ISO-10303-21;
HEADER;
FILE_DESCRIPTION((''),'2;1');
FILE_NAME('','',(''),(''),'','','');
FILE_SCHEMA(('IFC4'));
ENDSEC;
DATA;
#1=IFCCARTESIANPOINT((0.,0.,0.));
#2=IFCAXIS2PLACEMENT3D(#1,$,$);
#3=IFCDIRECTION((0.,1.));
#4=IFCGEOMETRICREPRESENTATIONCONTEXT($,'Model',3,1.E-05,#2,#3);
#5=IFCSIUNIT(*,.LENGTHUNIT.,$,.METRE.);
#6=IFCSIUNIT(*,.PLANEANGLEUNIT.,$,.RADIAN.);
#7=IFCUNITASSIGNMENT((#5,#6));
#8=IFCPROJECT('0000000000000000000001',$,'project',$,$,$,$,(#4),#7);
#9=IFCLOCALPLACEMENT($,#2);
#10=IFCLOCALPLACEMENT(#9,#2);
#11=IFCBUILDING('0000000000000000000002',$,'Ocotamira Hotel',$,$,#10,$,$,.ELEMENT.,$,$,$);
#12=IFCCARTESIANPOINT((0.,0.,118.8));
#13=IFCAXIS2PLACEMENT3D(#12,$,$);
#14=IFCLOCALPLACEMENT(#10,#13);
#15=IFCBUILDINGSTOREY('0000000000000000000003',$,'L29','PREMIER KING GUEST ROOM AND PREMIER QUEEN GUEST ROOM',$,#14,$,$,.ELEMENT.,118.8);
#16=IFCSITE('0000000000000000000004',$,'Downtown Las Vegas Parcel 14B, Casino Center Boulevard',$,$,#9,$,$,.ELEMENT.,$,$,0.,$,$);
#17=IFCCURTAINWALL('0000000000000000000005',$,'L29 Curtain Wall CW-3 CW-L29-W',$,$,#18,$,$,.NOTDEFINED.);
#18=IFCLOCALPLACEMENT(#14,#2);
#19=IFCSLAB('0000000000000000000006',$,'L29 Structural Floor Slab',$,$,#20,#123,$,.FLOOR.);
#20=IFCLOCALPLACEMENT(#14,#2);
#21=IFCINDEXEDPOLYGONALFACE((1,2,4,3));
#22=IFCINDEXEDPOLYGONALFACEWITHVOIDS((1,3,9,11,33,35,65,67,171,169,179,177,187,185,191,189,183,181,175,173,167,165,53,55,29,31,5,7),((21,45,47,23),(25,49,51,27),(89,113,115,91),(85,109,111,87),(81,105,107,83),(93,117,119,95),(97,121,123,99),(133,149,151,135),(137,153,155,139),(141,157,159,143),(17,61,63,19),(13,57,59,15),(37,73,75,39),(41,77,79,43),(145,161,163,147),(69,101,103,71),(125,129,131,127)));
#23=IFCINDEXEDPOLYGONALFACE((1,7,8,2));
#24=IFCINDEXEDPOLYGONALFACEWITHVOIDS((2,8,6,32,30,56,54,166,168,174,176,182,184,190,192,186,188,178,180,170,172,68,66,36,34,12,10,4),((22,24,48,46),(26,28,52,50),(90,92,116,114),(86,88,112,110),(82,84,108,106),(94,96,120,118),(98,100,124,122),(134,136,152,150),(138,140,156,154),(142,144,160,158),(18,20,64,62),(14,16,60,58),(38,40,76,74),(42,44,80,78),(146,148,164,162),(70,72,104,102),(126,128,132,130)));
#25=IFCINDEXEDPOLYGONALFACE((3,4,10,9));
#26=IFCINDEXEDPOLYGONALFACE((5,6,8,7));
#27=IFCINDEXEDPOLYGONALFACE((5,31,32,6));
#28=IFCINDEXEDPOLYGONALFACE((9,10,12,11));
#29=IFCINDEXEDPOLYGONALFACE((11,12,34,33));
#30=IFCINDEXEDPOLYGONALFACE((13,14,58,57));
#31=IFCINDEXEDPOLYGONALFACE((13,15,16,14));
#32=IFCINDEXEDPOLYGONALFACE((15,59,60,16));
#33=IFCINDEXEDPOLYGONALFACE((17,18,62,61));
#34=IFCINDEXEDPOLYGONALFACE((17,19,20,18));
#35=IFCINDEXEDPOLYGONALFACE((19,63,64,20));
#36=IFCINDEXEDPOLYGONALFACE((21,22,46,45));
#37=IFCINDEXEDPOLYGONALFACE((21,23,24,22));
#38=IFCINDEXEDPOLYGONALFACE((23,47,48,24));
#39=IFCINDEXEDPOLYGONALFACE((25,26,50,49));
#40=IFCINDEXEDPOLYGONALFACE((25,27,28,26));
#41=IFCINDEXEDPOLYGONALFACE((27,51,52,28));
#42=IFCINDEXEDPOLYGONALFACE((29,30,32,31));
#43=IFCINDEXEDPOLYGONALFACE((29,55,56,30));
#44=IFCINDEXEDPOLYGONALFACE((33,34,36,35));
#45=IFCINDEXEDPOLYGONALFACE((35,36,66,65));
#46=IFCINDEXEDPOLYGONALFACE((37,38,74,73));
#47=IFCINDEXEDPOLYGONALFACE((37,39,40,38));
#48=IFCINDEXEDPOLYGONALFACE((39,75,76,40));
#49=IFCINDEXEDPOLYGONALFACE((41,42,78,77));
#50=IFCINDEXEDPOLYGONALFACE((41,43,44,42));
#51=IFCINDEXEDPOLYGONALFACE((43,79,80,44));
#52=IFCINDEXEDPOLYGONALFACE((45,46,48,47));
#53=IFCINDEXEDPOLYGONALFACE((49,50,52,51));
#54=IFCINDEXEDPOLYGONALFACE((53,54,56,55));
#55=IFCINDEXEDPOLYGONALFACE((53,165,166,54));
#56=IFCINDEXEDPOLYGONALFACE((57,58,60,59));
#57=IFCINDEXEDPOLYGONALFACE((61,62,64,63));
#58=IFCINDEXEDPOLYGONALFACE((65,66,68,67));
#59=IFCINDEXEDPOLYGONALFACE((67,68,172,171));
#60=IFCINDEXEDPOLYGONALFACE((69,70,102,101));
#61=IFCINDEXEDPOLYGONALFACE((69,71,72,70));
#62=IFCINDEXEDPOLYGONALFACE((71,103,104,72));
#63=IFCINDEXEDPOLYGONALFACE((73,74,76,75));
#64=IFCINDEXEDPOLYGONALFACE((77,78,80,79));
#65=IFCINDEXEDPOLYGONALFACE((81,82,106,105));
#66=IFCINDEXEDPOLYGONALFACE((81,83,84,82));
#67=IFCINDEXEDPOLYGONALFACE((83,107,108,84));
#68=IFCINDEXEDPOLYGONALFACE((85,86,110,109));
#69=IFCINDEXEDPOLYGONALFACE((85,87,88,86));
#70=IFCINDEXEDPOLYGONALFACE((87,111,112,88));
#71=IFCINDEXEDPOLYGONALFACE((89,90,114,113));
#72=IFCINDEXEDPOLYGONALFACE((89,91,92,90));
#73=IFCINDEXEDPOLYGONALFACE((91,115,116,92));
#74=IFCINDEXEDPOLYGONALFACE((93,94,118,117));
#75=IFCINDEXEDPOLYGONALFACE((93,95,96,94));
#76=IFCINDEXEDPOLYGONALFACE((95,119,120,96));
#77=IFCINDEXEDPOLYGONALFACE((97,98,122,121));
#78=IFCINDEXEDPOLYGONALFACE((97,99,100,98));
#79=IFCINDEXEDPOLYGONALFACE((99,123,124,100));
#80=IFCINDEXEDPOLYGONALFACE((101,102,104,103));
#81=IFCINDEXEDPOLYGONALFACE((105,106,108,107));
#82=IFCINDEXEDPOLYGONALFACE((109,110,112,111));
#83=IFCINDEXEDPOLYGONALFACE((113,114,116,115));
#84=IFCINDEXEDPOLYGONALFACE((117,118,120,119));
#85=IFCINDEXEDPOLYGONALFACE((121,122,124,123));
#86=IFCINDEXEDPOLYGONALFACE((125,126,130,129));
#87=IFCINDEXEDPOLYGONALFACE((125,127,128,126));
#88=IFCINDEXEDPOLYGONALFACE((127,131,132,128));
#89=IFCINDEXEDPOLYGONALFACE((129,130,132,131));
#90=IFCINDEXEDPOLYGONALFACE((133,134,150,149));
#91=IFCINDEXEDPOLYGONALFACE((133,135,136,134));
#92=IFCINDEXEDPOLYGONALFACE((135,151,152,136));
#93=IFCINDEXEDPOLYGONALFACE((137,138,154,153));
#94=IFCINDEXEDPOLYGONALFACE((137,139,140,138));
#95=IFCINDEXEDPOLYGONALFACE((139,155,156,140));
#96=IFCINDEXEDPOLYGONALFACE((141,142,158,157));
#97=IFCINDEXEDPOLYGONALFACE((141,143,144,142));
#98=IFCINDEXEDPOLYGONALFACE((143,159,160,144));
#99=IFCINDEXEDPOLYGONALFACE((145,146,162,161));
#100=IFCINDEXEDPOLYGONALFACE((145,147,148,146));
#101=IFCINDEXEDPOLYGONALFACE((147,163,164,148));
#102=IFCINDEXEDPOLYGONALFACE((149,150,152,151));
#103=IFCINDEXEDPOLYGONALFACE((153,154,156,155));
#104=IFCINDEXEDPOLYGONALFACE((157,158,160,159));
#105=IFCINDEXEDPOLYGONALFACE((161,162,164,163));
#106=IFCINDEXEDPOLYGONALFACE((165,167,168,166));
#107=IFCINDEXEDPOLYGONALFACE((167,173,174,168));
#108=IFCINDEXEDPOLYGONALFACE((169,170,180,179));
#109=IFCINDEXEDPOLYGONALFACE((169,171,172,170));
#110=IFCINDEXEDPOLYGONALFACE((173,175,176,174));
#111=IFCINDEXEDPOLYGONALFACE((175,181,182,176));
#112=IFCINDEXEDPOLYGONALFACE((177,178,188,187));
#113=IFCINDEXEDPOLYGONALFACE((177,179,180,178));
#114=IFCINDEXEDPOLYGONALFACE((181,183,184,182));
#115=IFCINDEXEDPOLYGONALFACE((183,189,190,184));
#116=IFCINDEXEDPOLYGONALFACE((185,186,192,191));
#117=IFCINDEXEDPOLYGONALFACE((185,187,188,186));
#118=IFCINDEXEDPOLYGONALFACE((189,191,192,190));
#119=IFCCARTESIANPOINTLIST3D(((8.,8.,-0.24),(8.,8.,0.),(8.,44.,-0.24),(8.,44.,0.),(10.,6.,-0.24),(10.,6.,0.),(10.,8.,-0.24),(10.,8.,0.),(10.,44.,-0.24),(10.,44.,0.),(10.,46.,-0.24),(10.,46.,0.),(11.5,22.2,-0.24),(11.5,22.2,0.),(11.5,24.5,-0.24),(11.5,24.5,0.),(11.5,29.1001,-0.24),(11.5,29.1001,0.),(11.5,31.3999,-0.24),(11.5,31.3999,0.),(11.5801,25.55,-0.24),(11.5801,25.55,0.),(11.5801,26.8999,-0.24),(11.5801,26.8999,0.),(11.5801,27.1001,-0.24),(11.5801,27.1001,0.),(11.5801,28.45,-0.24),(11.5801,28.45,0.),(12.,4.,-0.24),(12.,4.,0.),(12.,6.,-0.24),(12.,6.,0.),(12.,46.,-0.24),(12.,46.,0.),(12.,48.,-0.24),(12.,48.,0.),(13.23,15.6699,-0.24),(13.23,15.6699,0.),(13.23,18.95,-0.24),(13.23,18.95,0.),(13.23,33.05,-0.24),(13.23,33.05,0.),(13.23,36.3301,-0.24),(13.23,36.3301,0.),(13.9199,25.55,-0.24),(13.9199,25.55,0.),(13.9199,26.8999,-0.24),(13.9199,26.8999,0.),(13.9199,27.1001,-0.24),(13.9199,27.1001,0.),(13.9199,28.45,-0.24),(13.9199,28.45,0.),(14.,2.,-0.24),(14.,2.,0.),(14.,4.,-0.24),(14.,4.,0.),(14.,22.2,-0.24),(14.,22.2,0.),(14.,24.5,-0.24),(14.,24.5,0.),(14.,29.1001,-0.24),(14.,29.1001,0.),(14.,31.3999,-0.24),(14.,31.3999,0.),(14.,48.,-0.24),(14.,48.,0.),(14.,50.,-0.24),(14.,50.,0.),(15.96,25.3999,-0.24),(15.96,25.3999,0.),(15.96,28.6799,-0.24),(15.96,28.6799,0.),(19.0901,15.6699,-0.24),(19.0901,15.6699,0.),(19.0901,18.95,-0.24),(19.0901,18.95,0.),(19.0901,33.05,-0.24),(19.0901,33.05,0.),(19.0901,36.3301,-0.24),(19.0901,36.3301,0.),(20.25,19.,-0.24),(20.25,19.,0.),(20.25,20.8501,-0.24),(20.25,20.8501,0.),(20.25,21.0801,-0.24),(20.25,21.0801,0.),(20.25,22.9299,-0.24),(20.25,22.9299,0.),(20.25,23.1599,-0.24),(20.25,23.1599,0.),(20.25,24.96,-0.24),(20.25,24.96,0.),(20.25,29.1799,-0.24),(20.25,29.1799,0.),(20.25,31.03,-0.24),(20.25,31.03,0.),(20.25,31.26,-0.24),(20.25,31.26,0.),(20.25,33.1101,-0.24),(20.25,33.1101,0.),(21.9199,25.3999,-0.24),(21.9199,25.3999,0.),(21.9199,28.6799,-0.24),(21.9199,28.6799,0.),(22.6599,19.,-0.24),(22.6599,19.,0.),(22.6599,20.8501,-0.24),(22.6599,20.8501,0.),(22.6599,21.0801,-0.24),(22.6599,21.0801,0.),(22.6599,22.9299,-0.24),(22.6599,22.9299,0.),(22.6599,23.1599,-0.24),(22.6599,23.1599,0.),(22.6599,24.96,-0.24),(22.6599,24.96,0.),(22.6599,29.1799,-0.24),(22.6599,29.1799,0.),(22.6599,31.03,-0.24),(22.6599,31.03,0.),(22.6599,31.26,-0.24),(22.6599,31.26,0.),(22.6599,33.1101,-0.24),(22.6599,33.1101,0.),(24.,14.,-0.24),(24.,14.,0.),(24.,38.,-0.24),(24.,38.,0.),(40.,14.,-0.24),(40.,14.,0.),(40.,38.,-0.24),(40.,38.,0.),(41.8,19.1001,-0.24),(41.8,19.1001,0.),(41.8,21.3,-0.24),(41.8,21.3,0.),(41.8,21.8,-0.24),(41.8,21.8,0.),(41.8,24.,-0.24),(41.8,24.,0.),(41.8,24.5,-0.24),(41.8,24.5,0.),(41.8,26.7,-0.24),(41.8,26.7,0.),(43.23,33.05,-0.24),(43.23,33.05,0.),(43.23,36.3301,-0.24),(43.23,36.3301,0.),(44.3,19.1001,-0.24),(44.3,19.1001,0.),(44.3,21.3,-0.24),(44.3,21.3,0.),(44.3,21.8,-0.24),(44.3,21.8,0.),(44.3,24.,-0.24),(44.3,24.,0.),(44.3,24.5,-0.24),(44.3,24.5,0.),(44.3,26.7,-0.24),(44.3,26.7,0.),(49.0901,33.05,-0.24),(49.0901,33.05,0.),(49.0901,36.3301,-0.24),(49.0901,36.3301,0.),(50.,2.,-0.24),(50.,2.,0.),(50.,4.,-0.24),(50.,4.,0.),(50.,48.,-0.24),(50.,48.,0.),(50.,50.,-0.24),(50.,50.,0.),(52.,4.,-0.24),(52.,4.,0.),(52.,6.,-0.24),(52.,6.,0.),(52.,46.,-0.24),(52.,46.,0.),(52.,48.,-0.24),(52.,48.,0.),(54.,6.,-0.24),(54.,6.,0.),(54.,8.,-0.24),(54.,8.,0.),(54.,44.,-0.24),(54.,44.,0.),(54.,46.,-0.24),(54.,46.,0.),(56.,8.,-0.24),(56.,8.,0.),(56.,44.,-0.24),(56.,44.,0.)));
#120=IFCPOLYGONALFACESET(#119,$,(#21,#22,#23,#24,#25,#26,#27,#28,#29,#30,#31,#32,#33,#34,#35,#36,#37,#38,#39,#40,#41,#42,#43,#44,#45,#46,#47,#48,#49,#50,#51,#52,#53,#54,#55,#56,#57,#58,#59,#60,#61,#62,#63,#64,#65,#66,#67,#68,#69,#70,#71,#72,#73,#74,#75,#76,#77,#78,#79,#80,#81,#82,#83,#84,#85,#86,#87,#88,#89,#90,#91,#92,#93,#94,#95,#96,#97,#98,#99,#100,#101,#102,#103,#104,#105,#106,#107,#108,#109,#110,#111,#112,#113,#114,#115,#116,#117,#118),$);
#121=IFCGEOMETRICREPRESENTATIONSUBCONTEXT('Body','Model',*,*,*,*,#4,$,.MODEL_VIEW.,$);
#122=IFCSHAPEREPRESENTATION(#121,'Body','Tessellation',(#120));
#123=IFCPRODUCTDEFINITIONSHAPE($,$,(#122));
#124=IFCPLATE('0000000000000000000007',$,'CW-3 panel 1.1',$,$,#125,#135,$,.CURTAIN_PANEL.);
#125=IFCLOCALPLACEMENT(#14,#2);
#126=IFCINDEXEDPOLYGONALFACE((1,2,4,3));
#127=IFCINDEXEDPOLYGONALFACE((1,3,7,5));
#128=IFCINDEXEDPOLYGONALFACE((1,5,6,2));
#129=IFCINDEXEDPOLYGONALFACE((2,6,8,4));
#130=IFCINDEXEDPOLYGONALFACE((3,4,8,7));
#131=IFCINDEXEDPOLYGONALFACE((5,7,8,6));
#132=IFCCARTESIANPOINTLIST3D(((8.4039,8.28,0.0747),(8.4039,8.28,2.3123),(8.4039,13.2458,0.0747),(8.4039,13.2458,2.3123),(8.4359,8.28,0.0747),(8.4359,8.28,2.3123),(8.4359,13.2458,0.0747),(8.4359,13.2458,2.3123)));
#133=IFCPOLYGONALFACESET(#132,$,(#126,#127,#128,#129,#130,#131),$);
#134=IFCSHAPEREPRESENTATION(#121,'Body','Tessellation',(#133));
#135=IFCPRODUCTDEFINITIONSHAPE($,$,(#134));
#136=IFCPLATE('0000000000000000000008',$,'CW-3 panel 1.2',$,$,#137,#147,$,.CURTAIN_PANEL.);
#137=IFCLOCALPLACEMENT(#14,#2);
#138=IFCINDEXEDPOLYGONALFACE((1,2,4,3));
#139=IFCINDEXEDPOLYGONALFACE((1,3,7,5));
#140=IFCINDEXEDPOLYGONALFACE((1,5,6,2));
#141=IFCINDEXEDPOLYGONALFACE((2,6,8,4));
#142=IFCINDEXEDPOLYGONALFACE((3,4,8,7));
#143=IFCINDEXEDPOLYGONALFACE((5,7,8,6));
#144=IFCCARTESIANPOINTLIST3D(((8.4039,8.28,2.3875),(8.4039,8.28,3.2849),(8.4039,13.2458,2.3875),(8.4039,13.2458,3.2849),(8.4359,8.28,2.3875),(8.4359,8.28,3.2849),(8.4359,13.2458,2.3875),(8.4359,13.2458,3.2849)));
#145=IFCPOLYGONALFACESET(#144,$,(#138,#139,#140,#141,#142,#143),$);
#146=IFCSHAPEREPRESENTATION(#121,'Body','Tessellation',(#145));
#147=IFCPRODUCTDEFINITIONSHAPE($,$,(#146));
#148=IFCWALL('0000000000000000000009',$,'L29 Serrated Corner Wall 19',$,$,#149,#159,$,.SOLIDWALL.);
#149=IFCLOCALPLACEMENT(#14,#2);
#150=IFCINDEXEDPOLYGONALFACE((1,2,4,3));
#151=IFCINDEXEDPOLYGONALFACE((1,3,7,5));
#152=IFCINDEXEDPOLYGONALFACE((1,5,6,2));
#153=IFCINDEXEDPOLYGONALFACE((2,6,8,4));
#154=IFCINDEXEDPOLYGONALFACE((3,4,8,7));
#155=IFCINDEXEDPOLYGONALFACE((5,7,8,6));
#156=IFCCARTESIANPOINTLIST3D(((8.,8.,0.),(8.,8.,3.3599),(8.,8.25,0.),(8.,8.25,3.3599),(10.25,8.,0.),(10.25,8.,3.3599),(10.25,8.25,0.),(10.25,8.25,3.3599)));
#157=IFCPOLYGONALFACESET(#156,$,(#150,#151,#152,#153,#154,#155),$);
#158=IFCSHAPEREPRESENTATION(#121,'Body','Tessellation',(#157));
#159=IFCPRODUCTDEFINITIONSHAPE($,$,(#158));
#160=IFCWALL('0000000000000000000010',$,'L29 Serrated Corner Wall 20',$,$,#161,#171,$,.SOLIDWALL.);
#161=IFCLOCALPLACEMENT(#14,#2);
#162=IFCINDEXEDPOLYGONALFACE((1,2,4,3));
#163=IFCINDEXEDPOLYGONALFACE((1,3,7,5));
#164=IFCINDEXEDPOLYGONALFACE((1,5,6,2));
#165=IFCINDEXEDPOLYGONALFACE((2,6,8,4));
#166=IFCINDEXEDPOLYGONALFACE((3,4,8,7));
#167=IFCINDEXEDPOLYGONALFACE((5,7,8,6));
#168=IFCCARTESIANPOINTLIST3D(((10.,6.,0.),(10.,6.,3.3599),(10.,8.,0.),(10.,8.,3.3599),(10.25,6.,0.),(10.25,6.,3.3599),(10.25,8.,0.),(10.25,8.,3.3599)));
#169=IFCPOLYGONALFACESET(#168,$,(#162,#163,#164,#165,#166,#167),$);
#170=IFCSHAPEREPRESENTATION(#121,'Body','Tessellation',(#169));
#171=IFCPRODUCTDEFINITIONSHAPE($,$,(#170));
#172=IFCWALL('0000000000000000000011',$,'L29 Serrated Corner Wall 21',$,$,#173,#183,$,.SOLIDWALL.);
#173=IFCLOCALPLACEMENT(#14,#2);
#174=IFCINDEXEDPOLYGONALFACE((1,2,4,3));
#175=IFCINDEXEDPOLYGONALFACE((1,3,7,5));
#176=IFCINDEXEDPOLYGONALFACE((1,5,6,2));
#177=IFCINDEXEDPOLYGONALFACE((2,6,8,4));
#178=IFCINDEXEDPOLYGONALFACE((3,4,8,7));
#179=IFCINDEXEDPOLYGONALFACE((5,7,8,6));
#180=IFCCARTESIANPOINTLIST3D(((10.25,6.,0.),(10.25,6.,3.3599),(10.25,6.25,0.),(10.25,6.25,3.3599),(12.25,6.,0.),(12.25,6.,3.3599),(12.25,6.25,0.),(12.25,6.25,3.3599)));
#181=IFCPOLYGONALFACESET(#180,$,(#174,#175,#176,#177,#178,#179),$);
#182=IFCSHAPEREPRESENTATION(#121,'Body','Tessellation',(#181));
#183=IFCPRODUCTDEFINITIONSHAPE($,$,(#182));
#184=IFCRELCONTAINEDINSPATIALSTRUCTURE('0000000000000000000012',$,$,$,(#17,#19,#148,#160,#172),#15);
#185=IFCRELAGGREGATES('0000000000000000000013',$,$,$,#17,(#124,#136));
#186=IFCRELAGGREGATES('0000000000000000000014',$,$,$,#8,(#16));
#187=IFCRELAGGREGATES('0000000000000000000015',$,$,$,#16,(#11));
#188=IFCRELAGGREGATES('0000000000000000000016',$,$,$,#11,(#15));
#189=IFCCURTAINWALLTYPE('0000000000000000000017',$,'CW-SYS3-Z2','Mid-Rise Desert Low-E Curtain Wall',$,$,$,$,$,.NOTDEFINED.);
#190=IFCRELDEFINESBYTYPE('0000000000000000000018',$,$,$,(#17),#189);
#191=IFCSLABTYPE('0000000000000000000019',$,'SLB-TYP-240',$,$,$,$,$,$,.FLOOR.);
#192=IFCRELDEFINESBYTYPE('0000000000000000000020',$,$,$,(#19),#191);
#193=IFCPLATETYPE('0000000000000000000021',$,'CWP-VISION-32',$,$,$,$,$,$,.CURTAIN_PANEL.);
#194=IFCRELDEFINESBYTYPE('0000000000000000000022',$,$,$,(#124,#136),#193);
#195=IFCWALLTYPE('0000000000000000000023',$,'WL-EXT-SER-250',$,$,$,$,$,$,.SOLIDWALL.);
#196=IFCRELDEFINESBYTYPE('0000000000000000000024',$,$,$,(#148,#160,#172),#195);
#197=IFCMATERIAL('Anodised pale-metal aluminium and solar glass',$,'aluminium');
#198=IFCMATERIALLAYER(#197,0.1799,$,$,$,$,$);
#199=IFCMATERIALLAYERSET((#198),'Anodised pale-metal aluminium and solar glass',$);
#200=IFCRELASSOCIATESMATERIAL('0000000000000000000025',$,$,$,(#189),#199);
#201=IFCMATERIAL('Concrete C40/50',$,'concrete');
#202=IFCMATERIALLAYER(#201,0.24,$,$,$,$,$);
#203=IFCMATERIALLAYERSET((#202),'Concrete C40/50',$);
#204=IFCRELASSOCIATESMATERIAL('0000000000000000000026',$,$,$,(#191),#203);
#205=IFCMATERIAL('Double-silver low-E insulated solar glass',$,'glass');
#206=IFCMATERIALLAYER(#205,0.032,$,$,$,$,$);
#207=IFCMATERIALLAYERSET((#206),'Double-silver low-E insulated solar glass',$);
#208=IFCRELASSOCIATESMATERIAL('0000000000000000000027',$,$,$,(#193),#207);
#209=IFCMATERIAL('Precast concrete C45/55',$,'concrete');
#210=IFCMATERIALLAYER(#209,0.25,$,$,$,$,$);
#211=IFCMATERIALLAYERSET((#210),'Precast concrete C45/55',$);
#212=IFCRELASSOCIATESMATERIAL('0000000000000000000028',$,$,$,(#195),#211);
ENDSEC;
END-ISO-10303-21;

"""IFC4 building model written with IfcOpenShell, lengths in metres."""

from ifc_helpers import new_model, si_unit, direction, frame, frame_2d, origin, origin_2d, place, context, subcontext, project, spatial, polyline, rectangle, outline, extrude, source, transform, mapped, material, layer, layer_set, type_object, element, aggregate, save


model = new_model("IFC4")

# Units and contexts
model_context = context("Model", 3, precision=1e-05, world=origin(), true_north=direction((0.0, 1.0)))
body_context = subcontext(model_context, "Body", "Model", "MODEL_VIEW")
ifc_project = project(units=[si_unit("LENGTHUNIT", "METRE"), si_unit("PLANEANGLEUNIT", "RADIAN")], contexts=[model_context])

# Site, building, storey
site_placement = place(None, origin())
site = spatial("IfcSite", under=ifc_project, at=site_placement, Name="Downtown Las Vegas Parcel 14B, Casino Center Boulevard", CompositionType="ELEMENT", RefElevation=0.0)
building_placement = place(site_placement, origin())
building = spatial("IfcBuilding", under=site, at=building_placement, Name="Ocotamira Hotel", CompositionType="ELEMENT")
storey_placement = place(building_placement, frame((0.0, 0.0, 118.8)))
storey = spatial("IfcBuildingStorey", under=building, at=storey_placement, Name="L29", Description="PREMIER KING GUEST ROOM AND PREMIER QUEEN GUEST ROOM", CompositionType="ELEMENT", Elevation=118.8)

# Shared definitions
ifc_material_1 = material(Name="Anodised pale-metal aluminium and solar glass", Category="aluminium")
ifc_layer_1 = layer(ifc_material_1, 0.1799)
ifc_layer_set_1 = layer_set([ifc_layer_1], Name="Anodised pale-metal aluminium and solar glass")
curtain_wall_type = type_object("IfcCurtainWallType", Name="CW-SYS3-Z2", Description="Mid-Rise Desert Low-E Curtain Wall", PredefinedType="NOTDEFINED", material=ifc_layer_set_1)

# Curtain wall
curtain_wall_1_placement = place(storey_placement, origin())
curtain_wall_1 = element("IfcCurtainWall", 1, at=curtain_wall_1_placement, inside=storey, type_object=curtain_wall_type, Name="L29 Curtain Wall CW-3 CW-L29-W", PredefinedType="NOTDEFINED")

# Shared definitions
ifc_material_2 = material(Name="Concrete C40/50", Category="concrete")

# Slab
ifc_layer_2 = layer(ifc_material_2, 0.24)
ifc_layer_set_2 = layer_set([ifc_layer_2], Name="Concrete C40/50")
slab_type_1 = type_object("IfcSlabType", Name="SLB-TYP-240", PredefinedType="FLOOR", material=ifc_layer_set_2)
slab_1_placement = place(storey_placement, frame((0.0, 0.0, -0.24)))
element("IfcSlab", 2, at=slab_1_placement, inside=storey, type_object=slab_type_1, Name="L29 Structural Floor Slab", PredefinedType="FLOOR", context=body_context, shape_type="SweptSolid", body=[
    extrude(outline(polyline([(14.0, 2.0), (50.0, 2.0), (50.0, 4.0), (52.0, 4.0), (52.0, 6.0), (54.0, 6.0), (54.0, 8.0), (56.0, 8.0), (56.0, 44.0), (54.0, 44.0), (54.0, 46.0), (52.0, 46.0), (52.0, 48.0), (50.0, 48.0), (50.0, 50.0), (14.0, 50.0), (14.0, 48.0), (12.0, 48.0), (12.0, 46.0), (10.0, 46.0), (10.0, 44.0), (8.0, 44.0), (8.0, 8.0), (10.0, 8.0), (10.0, 6.0), (12.0, 6.0), (12.0, 4.0), (14.0, 4.0), (14.0, 2.0)]), holes=[polyline([(24.0, 14.0), (40.0, 14.0), (40.0, 38.0), (24.0, 38.0), (24.0, 14.0)]), polyline([(13.23, 15.6699), (19.0901, 15.6699), (19.0901, 18.95), (13.23, 18.95), (13.23, 15.6699)]), polyline([(13.23, 33.05), (19.0901, 33.05), (19.0901, 36.3301), (13.23, 36.3301), (13.23, 33.05)]), polyline([(15.96, 25.3999), (21.9199, 25.3999), (21.9199, 28.6799), (15.96, 28.6799), (15.96, 25.3999)]), polyline([(43.23, 33.05), (49.0901, 33.05), (49.0901, 36.3301), (43.23, 36.3301), (43.23, 33.05)]), polyline([(41.8, 19.1001), (44.3, 19.1001), (44.3, 21.3), (41.8, 21.3), (41.8, 19.1001)]), polyline([(41.8, 21.8), (44.3, 21.8), (44.3, 24.0), (41.8, 24.0), (41.8, 21.8)]), polyline([(41.8, 24.5), (44.3, 24.5), (44.3, 26.7), (41.8, 26.7), (41.8, 24.5)]), polyline([(20.25, 19.0), (22.6599, 19.0), (22.6599, 20.8501), (20.25, 20.8501), (20.25, 19.0)]), polyline([(20.25, 21.0801), (22.6599, 21.0801), (22.6599, 22.9299), (20.25, 22.9299), (20.25, 21.0801)]), polyline([(20.25, 23.1599), (22.6599, 23.1599), (22.6599, 24.96), (20.25, 24.96), (20.25, 23.1599)]), polyline([(20.25, 29.1799), (22.6599, 29.1799), (22.6599, 31.03), (20.25, 31.03), (20.25, 29.1799)]), polyline([(20.25, 31.26), (22.6599, 31.26), (22.6599, 33.1101), (20.25, 33.1101), (20.25, 31.26)]), polyline([(11.5, 22.2), (14.0, 22.2), (14.0, 24.5), (11.5, 24.5), (11.5, 22.2)]), polyline([(11.5, 29.1001), (14.0, 29.1001), (14.0, 31.3999), (11.5, 31.3999), (11.5, 29.1001)]), polyline([(11.5801, 25.55), (13.9199, 25.55), (13.9199, 26.8999), (11.5801, 26.8999), (11.5801, 25.55)]), polyline([(11.5801, 27.1001), (13.9199, 27.1001), (13.9199, 28.45), (11.5801, 28.45), (11.5801, 27.1001)])]), origin(), (0.0, 0.0, 1.0), 0.24),
])

# Plates
ifc_material_3 = material(Name="Double-silver low-E insulated solar glass", Category="glass")
ifc_layer_3 = layer(ifc_material_3, 0.032)
ifc_layer_set_3 = layer_set([ifc_layer_3], Name="Double-silver low-E insulated solar glass")
plate_type = type_object("IfcPlateType", Name="CWP-VISION-32", PredefinedType="CURTAIN_PANEL", material=ifc_layer_set_3)
shared_shape_1 = source(origin(), body_context, "Body", "SweptSolid", [
    extrude(rectangle(XDim=4.9658, YDim=0.032, at=origin_2d()), origin(), (0.0, 0.0, 1.0), 2.2375),
])
plate_1_placement = place(storey_placement, frame((8.4199, 10.7629, 0.0747), z_axis=(0.0, 0.0, 1.0), x_axis=(0.0, 1.0, 0.0)))
plate_1 = element("IfcPlate", 3, at=plate_1_placement, type_object=plate_type, Name="CW-3 panel 1.1", PredefinedType="CURTAIN_PANEL", context=body_context, shape_type="MappedRepresentation", body=[
    mapped(shared_shape_1, transform((0.0, 0.0, 0.0), scale=1.0)),
])
shared_shape_2 = source(origin(), body_context, "Body", "SweptSolid", [
    extrude(rectangle(XDim=4.9658, YDim=0.032, at=origin_2d()), origin(), (0.0, 0.0, 1.0), 0.8975),
])
plate_2_placement = place(storey_placement, frame((8.4199, 10.7629, 2.3875), z_axis=(0.0, 0.0, 1.0), x_axis=(0.0, 1.0, 0.0)))
plate_2 = element("IfcPlate", 4, at=plate_2_placement, type_object=plate_type, Name="CW-3 panel 1.2", PredefinedType="CURTAIN_PANEL", context=body_context, shape_type="MappedRepresentation", body=[
    mapped(shared_shape_2, transform((0.0, 0.0, 0.0), scale=1.0)),
])
aggregate(curtain_wall_1, [plate_1, plate_2])

# Walls
ifc_material_4 = material(Name="Precast concrete C45/55", Category="concrete")
ifc_layer_4 = layer(ifc_material_4, 0.25)
ifc_layer_set_4 = layer_set([ifc_layer_4], Name="Precast concrete C45/55")
wall_type_1 = type_object("IfcWallType", Name="WL-EXT-SER-250", PredefinedType="SOLIDWALL", material=ifc_layer_set_4)
wall_1_placement = place(storey_placement, frame((8.0, 8.125, 0.0), z_axis=(0.0, 0.0, 1.0), x_axis=(1.0, 0.0, 0.0)))
element("IfcWall", 5, at=wall_1_placement, inside=storey, type_object=wall_type_1, Name="L29 Serrated Corner Wall 19", PredefinedType="SOLIDWALL", context=body_context, shape_type="SweptSolid", body=[
    extrude(rectangle(XDim=2.25, YDim=0.25, at=frame_2d((1.125, 0.0))), origin(), (0.0, 0.0, 1.0), 3.3599),
])
for number, where, z_axis, x_axis, name in (
    (6, (10.125, 8.0, 0.0), (0.0, 0.0, 1.0), (0.0, -1.0, 0.0), "L29 Serrated Corner Wall 20"),
    (7, (10.25, 6.125, 0.0), (0.0, 0.0, 1.0), (1.0, 0.0, 0.0), "L29 Serrated Corner Wall 21"),
):
    element("IfcWall", number, at=place(storey_placement, frame(where, z_axis=z_axis, x_axis=x_axis)), inside=storey, type_object=wall_type_1, Name=name, PredefinedType="SOLIDWALL", context=body_context, shape_type="SweptSolid", body=[
        extrude(rectangle(XDim=2.0, YDim=0.25, at=frame_2d((1.0, 0.0))), origin(), (0.0, 0.0, 1.0), 3.3599),
    ])

save(model, "model.ifc")
